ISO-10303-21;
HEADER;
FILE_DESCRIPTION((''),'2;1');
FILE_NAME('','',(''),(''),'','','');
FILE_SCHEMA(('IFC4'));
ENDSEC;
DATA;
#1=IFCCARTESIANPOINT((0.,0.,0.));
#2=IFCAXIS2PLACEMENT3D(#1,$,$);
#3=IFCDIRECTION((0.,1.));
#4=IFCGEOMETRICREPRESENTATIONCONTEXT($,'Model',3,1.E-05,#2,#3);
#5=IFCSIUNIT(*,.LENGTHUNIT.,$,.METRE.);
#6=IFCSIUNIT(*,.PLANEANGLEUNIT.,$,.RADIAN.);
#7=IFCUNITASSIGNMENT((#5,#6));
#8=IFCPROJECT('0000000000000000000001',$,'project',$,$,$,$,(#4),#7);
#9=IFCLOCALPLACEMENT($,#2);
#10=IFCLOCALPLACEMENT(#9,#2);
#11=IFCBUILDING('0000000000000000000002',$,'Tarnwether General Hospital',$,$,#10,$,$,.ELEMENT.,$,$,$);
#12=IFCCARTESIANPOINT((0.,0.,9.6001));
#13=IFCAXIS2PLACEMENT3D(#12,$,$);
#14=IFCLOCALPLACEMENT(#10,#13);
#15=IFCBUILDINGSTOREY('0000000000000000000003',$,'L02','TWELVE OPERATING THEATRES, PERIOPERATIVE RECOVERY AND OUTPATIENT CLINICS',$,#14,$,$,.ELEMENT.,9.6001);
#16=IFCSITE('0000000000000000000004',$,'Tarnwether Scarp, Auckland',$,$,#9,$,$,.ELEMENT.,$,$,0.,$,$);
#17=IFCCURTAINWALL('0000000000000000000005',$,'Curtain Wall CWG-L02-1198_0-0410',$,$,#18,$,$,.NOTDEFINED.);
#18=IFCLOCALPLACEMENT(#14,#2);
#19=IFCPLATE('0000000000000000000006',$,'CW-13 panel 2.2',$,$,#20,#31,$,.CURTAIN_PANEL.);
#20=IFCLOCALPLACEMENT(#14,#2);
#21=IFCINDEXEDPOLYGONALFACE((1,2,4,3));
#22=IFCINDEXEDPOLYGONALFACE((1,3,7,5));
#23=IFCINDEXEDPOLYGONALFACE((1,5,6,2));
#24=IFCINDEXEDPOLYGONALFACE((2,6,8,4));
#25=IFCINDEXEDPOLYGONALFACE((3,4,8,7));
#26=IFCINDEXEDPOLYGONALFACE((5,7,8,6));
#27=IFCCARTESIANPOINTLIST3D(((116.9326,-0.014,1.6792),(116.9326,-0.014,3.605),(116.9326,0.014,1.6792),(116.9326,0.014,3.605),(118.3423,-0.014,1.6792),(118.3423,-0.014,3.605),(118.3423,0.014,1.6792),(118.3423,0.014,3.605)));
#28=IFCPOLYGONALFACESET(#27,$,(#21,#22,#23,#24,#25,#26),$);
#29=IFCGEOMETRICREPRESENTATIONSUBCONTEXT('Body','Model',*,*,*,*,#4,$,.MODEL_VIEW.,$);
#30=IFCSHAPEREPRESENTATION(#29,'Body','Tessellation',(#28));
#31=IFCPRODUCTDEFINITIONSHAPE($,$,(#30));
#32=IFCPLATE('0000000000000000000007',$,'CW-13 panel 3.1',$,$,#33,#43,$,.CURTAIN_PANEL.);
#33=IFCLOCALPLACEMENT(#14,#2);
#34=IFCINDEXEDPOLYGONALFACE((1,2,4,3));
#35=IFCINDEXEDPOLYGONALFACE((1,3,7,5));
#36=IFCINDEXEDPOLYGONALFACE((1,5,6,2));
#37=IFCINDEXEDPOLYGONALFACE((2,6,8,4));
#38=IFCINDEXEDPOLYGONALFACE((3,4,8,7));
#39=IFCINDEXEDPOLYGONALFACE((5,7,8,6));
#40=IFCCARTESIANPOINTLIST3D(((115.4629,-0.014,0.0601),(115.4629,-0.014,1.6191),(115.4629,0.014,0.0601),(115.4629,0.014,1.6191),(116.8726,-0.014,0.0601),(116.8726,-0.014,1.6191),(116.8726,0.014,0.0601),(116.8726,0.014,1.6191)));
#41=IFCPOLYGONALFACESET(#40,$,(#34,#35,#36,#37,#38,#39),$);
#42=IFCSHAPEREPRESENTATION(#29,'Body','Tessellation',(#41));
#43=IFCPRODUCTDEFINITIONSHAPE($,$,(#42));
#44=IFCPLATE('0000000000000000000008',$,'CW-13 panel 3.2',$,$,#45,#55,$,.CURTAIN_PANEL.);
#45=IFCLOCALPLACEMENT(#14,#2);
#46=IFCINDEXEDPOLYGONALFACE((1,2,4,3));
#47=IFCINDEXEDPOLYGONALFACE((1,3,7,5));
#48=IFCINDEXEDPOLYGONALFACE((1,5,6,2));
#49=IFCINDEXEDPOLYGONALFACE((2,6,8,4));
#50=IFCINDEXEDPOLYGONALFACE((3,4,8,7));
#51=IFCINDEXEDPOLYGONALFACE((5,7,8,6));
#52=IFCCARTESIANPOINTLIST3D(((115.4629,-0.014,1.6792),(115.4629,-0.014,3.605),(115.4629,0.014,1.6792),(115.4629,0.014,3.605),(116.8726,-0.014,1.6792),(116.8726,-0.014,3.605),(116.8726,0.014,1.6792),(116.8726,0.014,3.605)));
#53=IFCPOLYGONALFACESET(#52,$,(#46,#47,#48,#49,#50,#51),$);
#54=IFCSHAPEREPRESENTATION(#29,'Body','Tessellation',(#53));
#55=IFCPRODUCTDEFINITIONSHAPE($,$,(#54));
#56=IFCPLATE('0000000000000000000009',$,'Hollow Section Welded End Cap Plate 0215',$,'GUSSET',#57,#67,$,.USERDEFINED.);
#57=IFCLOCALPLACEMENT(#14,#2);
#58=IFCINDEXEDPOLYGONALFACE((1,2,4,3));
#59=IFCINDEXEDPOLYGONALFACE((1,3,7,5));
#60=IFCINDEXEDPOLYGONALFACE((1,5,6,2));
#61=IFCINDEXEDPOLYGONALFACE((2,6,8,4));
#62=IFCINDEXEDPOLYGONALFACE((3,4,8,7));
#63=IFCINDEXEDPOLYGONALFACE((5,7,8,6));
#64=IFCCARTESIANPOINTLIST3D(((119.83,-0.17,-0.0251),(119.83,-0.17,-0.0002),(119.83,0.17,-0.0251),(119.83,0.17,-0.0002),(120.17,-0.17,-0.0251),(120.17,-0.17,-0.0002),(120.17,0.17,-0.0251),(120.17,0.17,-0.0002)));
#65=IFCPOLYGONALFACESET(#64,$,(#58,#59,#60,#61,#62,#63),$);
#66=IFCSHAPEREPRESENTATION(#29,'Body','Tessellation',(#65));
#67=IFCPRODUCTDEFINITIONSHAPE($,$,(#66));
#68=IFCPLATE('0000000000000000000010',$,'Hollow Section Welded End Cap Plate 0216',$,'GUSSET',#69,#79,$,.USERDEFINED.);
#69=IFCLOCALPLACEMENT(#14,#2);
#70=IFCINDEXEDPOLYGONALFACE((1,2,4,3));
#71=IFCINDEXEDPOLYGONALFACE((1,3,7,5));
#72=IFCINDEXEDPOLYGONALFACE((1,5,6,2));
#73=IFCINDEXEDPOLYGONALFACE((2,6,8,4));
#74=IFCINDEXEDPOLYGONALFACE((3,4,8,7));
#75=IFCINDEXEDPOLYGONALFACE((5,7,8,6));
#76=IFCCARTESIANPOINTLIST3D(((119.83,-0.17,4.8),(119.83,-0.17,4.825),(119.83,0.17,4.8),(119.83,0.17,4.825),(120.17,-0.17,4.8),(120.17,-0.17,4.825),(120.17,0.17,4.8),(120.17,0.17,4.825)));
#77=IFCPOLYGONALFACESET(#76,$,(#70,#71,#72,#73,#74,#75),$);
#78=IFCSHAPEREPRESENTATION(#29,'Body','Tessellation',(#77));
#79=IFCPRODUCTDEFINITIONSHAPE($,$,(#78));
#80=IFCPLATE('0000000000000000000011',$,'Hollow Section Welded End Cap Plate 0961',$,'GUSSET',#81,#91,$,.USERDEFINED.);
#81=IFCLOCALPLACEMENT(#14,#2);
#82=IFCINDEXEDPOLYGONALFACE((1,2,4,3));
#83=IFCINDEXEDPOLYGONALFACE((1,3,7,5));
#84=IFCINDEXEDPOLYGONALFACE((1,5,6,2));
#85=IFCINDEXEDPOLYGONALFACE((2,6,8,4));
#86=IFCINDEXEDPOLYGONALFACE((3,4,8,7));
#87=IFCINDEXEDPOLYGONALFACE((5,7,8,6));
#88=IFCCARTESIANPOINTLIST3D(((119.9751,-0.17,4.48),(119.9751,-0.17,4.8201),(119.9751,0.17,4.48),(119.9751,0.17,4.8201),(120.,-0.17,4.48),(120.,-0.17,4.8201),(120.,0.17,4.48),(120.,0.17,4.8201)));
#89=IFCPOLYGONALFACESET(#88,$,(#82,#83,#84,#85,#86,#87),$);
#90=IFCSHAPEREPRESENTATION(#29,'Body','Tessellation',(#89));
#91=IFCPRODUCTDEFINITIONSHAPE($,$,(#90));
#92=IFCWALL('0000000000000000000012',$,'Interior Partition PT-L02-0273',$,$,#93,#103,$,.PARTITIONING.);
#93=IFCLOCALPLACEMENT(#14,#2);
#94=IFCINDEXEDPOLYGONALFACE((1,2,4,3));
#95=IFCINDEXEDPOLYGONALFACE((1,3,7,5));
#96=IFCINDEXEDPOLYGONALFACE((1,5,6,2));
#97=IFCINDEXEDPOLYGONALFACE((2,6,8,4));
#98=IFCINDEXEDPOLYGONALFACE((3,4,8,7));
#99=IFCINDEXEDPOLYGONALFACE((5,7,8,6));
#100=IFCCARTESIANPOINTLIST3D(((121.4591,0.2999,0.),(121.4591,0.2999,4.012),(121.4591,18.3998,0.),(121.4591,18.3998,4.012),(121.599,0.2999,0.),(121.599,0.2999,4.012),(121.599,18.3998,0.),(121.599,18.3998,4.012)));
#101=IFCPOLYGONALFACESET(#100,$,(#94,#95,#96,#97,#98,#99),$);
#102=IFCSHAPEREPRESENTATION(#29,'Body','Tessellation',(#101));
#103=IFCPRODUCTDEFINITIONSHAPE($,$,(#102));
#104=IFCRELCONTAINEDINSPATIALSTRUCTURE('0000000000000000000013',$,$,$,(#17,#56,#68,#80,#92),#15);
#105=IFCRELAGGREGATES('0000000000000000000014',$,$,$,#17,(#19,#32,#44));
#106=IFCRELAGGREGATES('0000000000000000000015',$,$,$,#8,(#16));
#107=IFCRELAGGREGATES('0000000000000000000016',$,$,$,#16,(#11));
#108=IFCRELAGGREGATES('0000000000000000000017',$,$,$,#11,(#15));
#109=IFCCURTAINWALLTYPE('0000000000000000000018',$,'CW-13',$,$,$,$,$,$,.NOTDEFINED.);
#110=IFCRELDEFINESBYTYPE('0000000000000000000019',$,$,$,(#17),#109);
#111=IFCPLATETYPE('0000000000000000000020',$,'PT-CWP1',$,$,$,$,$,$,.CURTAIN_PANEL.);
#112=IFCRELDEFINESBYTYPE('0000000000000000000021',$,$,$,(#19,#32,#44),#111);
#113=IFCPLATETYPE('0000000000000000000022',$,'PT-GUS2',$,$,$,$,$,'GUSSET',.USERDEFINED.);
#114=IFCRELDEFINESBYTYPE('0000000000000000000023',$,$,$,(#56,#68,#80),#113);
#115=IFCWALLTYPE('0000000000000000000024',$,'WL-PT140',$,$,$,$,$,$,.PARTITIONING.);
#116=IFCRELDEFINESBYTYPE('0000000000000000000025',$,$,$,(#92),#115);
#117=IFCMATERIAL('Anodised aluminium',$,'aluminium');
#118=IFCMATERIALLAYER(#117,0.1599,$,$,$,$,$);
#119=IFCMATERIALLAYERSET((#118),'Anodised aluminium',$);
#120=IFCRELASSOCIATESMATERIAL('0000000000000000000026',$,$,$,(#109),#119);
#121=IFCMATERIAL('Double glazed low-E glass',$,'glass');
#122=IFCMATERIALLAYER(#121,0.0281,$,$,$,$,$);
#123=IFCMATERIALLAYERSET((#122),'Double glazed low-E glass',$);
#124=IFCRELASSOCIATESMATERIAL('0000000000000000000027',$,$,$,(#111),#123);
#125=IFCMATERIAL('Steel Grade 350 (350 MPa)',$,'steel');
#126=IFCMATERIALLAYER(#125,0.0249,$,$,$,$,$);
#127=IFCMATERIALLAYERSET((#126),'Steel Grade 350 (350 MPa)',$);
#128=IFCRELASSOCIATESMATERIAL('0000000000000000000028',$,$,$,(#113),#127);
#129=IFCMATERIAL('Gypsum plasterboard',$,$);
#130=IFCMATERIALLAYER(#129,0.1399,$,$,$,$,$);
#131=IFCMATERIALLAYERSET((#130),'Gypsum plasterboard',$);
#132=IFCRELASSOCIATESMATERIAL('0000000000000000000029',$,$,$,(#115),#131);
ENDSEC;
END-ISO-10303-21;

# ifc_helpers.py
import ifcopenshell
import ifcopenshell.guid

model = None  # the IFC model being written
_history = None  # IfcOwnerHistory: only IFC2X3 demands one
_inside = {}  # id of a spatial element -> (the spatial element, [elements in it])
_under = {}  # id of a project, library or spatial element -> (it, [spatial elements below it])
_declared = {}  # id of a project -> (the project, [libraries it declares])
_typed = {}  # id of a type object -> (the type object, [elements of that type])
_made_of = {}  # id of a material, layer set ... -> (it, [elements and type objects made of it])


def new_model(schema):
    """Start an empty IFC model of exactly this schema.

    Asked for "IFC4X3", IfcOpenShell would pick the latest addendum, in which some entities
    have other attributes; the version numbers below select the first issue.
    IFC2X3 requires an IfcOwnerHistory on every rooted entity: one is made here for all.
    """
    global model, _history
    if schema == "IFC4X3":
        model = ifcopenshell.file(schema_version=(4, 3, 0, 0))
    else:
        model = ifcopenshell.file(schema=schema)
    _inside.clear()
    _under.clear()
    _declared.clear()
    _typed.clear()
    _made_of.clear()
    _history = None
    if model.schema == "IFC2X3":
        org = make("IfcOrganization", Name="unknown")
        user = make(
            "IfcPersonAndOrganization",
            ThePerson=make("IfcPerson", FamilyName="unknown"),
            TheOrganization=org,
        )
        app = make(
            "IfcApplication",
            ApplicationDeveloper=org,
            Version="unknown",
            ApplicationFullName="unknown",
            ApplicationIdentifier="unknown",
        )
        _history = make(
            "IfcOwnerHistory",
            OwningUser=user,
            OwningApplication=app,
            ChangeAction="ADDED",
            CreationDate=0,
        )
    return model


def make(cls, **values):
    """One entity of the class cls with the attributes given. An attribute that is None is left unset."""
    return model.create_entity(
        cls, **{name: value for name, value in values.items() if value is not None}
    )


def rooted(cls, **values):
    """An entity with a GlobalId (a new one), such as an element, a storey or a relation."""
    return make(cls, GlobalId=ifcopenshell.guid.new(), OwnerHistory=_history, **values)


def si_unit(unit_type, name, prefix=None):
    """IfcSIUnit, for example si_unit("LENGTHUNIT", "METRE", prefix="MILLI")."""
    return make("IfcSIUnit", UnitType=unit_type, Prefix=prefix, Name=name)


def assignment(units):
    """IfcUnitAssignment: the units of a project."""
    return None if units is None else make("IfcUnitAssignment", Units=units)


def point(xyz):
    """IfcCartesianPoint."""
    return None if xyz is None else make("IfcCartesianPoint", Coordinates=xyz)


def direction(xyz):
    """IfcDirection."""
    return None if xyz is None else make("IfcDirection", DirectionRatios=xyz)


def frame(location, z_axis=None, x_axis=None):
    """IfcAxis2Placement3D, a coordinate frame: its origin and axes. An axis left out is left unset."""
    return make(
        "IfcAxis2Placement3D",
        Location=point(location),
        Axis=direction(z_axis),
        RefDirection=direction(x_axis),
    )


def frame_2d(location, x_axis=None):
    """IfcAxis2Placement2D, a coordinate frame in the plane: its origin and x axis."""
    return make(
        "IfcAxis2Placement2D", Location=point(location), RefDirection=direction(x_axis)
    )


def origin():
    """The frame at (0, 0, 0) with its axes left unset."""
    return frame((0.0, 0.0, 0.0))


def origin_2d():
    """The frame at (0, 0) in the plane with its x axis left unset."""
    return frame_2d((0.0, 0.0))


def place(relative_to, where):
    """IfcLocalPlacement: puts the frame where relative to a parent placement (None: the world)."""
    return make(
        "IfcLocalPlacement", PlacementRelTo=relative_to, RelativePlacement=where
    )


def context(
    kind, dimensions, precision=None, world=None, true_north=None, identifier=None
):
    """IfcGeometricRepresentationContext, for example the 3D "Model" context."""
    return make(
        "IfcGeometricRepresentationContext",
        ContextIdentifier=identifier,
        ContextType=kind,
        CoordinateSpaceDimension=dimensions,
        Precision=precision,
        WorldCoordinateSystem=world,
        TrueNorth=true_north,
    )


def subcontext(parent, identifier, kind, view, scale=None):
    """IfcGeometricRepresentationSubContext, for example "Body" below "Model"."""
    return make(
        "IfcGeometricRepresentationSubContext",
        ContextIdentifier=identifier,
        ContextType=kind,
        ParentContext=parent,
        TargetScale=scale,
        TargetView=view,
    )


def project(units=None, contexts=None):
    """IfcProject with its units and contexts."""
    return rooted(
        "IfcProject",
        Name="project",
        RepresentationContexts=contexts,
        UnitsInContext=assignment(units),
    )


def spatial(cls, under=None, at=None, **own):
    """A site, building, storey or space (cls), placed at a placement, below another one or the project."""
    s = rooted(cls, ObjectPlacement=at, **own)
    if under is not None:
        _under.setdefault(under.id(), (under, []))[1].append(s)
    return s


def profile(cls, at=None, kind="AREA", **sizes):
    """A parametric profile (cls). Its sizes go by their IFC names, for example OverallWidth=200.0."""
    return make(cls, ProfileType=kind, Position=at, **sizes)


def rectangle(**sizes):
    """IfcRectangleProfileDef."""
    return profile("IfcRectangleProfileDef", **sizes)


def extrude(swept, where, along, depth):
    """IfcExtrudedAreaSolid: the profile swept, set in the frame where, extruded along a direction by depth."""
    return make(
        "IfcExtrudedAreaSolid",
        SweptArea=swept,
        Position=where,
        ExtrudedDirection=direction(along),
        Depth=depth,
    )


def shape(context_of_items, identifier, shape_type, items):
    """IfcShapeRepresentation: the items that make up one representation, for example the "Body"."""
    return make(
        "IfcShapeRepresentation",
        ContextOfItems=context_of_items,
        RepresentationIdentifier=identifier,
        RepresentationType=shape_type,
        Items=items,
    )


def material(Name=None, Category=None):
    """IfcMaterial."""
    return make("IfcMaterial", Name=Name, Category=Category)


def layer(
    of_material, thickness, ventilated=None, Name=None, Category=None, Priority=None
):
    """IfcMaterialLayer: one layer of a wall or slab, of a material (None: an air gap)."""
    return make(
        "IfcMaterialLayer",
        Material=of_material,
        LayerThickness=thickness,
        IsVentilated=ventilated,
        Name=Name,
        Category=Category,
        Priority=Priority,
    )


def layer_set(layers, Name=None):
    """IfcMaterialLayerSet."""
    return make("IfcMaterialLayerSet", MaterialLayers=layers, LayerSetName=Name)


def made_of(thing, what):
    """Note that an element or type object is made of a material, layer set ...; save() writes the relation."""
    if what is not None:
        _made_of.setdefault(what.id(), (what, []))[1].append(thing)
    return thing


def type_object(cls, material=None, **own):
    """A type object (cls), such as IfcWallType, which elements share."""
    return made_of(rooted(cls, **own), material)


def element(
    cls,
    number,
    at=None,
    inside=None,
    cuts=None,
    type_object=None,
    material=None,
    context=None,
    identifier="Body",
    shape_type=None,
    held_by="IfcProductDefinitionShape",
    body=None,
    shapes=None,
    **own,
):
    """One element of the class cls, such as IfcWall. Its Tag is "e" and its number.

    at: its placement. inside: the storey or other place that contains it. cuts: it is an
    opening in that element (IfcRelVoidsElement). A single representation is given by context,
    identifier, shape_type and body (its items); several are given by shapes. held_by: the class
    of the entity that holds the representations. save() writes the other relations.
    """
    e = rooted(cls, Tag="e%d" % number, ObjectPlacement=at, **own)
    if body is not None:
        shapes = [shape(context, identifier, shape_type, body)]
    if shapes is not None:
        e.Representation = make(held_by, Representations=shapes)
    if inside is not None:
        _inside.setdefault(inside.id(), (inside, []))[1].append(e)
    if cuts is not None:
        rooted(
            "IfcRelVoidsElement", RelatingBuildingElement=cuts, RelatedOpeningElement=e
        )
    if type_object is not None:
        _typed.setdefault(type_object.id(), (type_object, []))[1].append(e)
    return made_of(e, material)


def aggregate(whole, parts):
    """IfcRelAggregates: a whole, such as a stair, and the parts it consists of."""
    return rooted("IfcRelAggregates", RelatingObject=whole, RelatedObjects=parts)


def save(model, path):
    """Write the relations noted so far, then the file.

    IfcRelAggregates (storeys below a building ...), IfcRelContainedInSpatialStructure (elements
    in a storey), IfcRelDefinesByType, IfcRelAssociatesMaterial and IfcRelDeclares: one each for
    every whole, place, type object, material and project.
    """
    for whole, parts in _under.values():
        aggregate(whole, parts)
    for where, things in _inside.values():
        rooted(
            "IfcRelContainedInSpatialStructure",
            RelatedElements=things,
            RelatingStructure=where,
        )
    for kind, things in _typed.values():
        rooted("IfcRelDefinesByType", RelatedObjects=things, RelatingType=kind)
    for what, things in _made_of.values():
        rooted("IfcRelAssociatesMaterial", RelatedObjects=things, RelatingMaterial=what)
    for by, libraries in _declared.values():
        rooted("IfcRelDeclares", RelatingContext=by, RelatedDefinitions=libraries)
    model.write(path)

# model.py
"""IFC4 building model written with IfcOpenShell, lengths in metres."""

from ifc_helpers import new_model, si_unit, direction, frame, frame_2d, origin, origin_2d, place, context, subcontext, project, spatial, rectangle, extrude, material, layer, layer_set, type_object, element, aggregate, save


model = new_model("IFC4")

# Units and contexts
model_context = context("Model", 3, precision=1e-05, world=origin(), true_north=direction((0.0, 1.0)))
body_context = subcontext(model_context, "Body", "Model", "MODEL_VIEW")
ifc_project = project(units=[si_unit("LENGTHUNIT", "METRE"), si_unit("PLANEANGLEUNIT", "RADIAN")], contexts=[model_context])

# Site, building, storey
site_placement = place(None, origin())
site = spatial("IfcSite", under=ifc_project, at=site_placement, Name="Tarnwether Scarp, Auckland", CompositionType="ELEMENT", RefElevation=0.0)
building_placement = place(site_placement, origin())
building = spatial("IfcBuilding", under=site, at=building_placement, Name="Tarnwether General Hospital", CompositionType="ELEMENT")
storey_placement = place(building_placement, frame((0.0, 0.0, 9.6001)))
storey = spatial("IfcBuildingStorey", under=building, at=storey_placement, Name="L02", Description="TWELVE OPERATING THEATRES, PERIOPERATIVE RECOVERY AND OUTPATIENT CLINICS", CompositionType="ELEMENT", Elevation=9.6001)

# Shared definitions
ifc_material_1 = material(Name="Anodised aluminium", Category="aluminium")
ifc_layer_1 = layer(ifc_material_1, 0.1599)
ifc_layer_set_1 = layer_set([ifc_layer_1], Name="Anodised aluminium")
curtain_wall_type = type_object("IfcCurtainWallType", Name="CW-13", PredefinedType="NOTDEFINED", material=ifc_layer_set_1)

# Curtain wall
curtain_wall_1_placement = place(storey_placement, origin())
curtain_wall_1 = element("IfcCurtainWall", 1, at=curtain_wall_1_placement, inside=storey, type_object=curtain_wall_type, Name="Curtain Wall CWG-L02-1198_0-0410", PredefinedType="NOTDEFINED")

# Plates
ifc_material_2 = material(Name="Double glazed low-E glass", Category="glass")
ifc_layer_2 = layer(ifc_material_2, 0.0281)
ifc_layer_set_2 = layer_set([ifc_layer_2], Name="Double glazed low-E glass")
plate_type_1 = type_object("IfcPlateType", Name="PT-CWP1", PredefinedType="CURTAIN_PANEL", material=ifc_layer_set_2)
plate_1_placement = place(storey_placement, frame((117.6375, 0.0, 1.6792), z_axis=(0.0, 0.0, 1.0), x_axis=(-1.0, 0.0, 0.0)))
plate_1 = element("IfcPlate", 2, at=plate_1_placement, type_object=plate_type_1, Name="CW-13 panel 2.2", PredefinedType="CURTAIN_PANEL", context=body_context, shape_type="SweptSolid", body=[
    extrude(rectangle(XDim=1.4097, YDim=0.0281, at=origin_2d()), origin(), (0.0, 0.0, 1.0), 1.9258),
])
plate_2_placement = place(storey_placement, frame((116.1677, 0.0, 0.0601), z_axis=(0.0, 0.0, 1.0), x_axis=(-1.0, 0.0, 0.0)))
plate_2 = element("IfcPlate", 3, at=plate_2_placement, type_object=plate_type_1, Name="CW-13 panel 3.1", PredefinedType="CURTAIN_PANEL", context=body_context, shape_type="SweptSolid", body=[
    extrude(rectangle(XDim=1.4097, YDim=0.0281, at=origin_2d()), origin(), (0.0, 0.0, 1.0), 1.5591),
])
plate_3_placement = place(storey_placement, frame((116.1677, 0.0, 1.6792), z_axis=(0.0, 0.0, 1.0), x_axis=(-1.0, 0.0, 0.0)))
plate_3 = element("IfcPlate", 4, at=plate_3_placement, type_object=plate_type_1, Name="CW-13 panel 3.2", PredefinedType="CURTAIN_PANEL", context=body_context, shape_type="SweptSolid", body=[
    extrude(rectangle(XDim=1.4097, YDim=0.0281, at=origin_2d()), origin(), (0.0, 0.0, 1.0), 1.9258),
])
aggregate(curtain_wall_1, [plate_1, plate_2, plate_3])

# Plates
ifc_material_3 = material(Name="Steel Grade 350 (350 MPa)", Category="steel")
ifc_layer_3 = layer(ifc_material_3, 0.0249)
ifc_layer_set_3 = layer_set([ifc_layer_3], Name="Steel Grade 350 (350 MPa)")
plate_type_2 = type_object("IfcPlateType", Name="PT-GUS2", ElementType="GUSSET", PredefinedType="USERDEFINED", material=ifc_layer_set_3)
for number, where, z_axis, x_axis, name in (
    (5, (120.0, 0.0, -0.0251), (0.0, 0.0, 1.0), (1.0, 0.0, 0.0), "Hollow Section Welded End Cap Plate 0215"),
    (6, (120.0, 0.0, 4.8), (0.0, 0.0, 1.0), (1.0, 0.0, 0.0), "Hollow Section Welded End Cap Plate 0216"),
):
    element("IfcPlate", number, at=place(storey_placement, frame(where, z_axis=z_axis, x_axis=x_axis)), inside=storey, type_object=plate_type_2, Name=name, ObjectType="GUSSET", PredefinedType="USERDEFINED", context=body_context, shape_type="SweptSolid", body=[
        extrude(rectangle(XDim=0.3401, YDim=0.3401, at=origin_2d()), origin(), (0.0, 0.0, 1.0), 0.0249),
    ])
plate_4_placement = place(storey_placement, frame((119.9875, 0.0, 4.48), z_axis=(0.0, 0.0, 1.0), x_axis=(1.0, 0.0, 0.0)))
element("IfcPlate", 7, at=plate_4_placement, inside=storey, type_object=plate_type_2, Name="Hollow Section Welded End Cap Plate 0961", ObjectType="GUSSET", PredefinedType="USERDEFINED", context=body_context, shape_type="SweptSolid", body=[
    extrude(rectangle(XDim=0.0249, YDim=0.3401, at=origin_2d()), origin(), (0.0, 0.0, 1.0), 0.3401),
])

# Wall
ifc_material_4 = material(Name="Gypsum plasterboard")
ifc_layer_4 = layer(ifc_material_4, 0.1399)
ifc_layer_set_4 = layer_set([ifc_layer_4], Name="Gypsum plasterboard")
wall_type = type_object("IfcWallType", Name="WL-PT140", PredefinedType="PARTITIONING", material=ifc_layer_set_4)
wall_placement = place(storey_placement, frame((121.5291, 0.3, 0.0), z_axis=(0.0, 0.0, 1.0), x_axis=(0.0, 1.0, 0.0)))
element("IfcWall", 8, at=wall_placement, inside=storey, type_object=wall_type, Name="Interior Partition PT-L02-0273", PredefinedType="PARTITIONING", context=body_context, shape_type="SweptSolid", body=[
    extrude(rectangle(XDim=18.0999, YDim=0.1399, at=frame_2d((9.0498, 0.0))), origin(), (0.0, 0.0, 1.0), 4.012),
])

save(model, "model.ifc")
